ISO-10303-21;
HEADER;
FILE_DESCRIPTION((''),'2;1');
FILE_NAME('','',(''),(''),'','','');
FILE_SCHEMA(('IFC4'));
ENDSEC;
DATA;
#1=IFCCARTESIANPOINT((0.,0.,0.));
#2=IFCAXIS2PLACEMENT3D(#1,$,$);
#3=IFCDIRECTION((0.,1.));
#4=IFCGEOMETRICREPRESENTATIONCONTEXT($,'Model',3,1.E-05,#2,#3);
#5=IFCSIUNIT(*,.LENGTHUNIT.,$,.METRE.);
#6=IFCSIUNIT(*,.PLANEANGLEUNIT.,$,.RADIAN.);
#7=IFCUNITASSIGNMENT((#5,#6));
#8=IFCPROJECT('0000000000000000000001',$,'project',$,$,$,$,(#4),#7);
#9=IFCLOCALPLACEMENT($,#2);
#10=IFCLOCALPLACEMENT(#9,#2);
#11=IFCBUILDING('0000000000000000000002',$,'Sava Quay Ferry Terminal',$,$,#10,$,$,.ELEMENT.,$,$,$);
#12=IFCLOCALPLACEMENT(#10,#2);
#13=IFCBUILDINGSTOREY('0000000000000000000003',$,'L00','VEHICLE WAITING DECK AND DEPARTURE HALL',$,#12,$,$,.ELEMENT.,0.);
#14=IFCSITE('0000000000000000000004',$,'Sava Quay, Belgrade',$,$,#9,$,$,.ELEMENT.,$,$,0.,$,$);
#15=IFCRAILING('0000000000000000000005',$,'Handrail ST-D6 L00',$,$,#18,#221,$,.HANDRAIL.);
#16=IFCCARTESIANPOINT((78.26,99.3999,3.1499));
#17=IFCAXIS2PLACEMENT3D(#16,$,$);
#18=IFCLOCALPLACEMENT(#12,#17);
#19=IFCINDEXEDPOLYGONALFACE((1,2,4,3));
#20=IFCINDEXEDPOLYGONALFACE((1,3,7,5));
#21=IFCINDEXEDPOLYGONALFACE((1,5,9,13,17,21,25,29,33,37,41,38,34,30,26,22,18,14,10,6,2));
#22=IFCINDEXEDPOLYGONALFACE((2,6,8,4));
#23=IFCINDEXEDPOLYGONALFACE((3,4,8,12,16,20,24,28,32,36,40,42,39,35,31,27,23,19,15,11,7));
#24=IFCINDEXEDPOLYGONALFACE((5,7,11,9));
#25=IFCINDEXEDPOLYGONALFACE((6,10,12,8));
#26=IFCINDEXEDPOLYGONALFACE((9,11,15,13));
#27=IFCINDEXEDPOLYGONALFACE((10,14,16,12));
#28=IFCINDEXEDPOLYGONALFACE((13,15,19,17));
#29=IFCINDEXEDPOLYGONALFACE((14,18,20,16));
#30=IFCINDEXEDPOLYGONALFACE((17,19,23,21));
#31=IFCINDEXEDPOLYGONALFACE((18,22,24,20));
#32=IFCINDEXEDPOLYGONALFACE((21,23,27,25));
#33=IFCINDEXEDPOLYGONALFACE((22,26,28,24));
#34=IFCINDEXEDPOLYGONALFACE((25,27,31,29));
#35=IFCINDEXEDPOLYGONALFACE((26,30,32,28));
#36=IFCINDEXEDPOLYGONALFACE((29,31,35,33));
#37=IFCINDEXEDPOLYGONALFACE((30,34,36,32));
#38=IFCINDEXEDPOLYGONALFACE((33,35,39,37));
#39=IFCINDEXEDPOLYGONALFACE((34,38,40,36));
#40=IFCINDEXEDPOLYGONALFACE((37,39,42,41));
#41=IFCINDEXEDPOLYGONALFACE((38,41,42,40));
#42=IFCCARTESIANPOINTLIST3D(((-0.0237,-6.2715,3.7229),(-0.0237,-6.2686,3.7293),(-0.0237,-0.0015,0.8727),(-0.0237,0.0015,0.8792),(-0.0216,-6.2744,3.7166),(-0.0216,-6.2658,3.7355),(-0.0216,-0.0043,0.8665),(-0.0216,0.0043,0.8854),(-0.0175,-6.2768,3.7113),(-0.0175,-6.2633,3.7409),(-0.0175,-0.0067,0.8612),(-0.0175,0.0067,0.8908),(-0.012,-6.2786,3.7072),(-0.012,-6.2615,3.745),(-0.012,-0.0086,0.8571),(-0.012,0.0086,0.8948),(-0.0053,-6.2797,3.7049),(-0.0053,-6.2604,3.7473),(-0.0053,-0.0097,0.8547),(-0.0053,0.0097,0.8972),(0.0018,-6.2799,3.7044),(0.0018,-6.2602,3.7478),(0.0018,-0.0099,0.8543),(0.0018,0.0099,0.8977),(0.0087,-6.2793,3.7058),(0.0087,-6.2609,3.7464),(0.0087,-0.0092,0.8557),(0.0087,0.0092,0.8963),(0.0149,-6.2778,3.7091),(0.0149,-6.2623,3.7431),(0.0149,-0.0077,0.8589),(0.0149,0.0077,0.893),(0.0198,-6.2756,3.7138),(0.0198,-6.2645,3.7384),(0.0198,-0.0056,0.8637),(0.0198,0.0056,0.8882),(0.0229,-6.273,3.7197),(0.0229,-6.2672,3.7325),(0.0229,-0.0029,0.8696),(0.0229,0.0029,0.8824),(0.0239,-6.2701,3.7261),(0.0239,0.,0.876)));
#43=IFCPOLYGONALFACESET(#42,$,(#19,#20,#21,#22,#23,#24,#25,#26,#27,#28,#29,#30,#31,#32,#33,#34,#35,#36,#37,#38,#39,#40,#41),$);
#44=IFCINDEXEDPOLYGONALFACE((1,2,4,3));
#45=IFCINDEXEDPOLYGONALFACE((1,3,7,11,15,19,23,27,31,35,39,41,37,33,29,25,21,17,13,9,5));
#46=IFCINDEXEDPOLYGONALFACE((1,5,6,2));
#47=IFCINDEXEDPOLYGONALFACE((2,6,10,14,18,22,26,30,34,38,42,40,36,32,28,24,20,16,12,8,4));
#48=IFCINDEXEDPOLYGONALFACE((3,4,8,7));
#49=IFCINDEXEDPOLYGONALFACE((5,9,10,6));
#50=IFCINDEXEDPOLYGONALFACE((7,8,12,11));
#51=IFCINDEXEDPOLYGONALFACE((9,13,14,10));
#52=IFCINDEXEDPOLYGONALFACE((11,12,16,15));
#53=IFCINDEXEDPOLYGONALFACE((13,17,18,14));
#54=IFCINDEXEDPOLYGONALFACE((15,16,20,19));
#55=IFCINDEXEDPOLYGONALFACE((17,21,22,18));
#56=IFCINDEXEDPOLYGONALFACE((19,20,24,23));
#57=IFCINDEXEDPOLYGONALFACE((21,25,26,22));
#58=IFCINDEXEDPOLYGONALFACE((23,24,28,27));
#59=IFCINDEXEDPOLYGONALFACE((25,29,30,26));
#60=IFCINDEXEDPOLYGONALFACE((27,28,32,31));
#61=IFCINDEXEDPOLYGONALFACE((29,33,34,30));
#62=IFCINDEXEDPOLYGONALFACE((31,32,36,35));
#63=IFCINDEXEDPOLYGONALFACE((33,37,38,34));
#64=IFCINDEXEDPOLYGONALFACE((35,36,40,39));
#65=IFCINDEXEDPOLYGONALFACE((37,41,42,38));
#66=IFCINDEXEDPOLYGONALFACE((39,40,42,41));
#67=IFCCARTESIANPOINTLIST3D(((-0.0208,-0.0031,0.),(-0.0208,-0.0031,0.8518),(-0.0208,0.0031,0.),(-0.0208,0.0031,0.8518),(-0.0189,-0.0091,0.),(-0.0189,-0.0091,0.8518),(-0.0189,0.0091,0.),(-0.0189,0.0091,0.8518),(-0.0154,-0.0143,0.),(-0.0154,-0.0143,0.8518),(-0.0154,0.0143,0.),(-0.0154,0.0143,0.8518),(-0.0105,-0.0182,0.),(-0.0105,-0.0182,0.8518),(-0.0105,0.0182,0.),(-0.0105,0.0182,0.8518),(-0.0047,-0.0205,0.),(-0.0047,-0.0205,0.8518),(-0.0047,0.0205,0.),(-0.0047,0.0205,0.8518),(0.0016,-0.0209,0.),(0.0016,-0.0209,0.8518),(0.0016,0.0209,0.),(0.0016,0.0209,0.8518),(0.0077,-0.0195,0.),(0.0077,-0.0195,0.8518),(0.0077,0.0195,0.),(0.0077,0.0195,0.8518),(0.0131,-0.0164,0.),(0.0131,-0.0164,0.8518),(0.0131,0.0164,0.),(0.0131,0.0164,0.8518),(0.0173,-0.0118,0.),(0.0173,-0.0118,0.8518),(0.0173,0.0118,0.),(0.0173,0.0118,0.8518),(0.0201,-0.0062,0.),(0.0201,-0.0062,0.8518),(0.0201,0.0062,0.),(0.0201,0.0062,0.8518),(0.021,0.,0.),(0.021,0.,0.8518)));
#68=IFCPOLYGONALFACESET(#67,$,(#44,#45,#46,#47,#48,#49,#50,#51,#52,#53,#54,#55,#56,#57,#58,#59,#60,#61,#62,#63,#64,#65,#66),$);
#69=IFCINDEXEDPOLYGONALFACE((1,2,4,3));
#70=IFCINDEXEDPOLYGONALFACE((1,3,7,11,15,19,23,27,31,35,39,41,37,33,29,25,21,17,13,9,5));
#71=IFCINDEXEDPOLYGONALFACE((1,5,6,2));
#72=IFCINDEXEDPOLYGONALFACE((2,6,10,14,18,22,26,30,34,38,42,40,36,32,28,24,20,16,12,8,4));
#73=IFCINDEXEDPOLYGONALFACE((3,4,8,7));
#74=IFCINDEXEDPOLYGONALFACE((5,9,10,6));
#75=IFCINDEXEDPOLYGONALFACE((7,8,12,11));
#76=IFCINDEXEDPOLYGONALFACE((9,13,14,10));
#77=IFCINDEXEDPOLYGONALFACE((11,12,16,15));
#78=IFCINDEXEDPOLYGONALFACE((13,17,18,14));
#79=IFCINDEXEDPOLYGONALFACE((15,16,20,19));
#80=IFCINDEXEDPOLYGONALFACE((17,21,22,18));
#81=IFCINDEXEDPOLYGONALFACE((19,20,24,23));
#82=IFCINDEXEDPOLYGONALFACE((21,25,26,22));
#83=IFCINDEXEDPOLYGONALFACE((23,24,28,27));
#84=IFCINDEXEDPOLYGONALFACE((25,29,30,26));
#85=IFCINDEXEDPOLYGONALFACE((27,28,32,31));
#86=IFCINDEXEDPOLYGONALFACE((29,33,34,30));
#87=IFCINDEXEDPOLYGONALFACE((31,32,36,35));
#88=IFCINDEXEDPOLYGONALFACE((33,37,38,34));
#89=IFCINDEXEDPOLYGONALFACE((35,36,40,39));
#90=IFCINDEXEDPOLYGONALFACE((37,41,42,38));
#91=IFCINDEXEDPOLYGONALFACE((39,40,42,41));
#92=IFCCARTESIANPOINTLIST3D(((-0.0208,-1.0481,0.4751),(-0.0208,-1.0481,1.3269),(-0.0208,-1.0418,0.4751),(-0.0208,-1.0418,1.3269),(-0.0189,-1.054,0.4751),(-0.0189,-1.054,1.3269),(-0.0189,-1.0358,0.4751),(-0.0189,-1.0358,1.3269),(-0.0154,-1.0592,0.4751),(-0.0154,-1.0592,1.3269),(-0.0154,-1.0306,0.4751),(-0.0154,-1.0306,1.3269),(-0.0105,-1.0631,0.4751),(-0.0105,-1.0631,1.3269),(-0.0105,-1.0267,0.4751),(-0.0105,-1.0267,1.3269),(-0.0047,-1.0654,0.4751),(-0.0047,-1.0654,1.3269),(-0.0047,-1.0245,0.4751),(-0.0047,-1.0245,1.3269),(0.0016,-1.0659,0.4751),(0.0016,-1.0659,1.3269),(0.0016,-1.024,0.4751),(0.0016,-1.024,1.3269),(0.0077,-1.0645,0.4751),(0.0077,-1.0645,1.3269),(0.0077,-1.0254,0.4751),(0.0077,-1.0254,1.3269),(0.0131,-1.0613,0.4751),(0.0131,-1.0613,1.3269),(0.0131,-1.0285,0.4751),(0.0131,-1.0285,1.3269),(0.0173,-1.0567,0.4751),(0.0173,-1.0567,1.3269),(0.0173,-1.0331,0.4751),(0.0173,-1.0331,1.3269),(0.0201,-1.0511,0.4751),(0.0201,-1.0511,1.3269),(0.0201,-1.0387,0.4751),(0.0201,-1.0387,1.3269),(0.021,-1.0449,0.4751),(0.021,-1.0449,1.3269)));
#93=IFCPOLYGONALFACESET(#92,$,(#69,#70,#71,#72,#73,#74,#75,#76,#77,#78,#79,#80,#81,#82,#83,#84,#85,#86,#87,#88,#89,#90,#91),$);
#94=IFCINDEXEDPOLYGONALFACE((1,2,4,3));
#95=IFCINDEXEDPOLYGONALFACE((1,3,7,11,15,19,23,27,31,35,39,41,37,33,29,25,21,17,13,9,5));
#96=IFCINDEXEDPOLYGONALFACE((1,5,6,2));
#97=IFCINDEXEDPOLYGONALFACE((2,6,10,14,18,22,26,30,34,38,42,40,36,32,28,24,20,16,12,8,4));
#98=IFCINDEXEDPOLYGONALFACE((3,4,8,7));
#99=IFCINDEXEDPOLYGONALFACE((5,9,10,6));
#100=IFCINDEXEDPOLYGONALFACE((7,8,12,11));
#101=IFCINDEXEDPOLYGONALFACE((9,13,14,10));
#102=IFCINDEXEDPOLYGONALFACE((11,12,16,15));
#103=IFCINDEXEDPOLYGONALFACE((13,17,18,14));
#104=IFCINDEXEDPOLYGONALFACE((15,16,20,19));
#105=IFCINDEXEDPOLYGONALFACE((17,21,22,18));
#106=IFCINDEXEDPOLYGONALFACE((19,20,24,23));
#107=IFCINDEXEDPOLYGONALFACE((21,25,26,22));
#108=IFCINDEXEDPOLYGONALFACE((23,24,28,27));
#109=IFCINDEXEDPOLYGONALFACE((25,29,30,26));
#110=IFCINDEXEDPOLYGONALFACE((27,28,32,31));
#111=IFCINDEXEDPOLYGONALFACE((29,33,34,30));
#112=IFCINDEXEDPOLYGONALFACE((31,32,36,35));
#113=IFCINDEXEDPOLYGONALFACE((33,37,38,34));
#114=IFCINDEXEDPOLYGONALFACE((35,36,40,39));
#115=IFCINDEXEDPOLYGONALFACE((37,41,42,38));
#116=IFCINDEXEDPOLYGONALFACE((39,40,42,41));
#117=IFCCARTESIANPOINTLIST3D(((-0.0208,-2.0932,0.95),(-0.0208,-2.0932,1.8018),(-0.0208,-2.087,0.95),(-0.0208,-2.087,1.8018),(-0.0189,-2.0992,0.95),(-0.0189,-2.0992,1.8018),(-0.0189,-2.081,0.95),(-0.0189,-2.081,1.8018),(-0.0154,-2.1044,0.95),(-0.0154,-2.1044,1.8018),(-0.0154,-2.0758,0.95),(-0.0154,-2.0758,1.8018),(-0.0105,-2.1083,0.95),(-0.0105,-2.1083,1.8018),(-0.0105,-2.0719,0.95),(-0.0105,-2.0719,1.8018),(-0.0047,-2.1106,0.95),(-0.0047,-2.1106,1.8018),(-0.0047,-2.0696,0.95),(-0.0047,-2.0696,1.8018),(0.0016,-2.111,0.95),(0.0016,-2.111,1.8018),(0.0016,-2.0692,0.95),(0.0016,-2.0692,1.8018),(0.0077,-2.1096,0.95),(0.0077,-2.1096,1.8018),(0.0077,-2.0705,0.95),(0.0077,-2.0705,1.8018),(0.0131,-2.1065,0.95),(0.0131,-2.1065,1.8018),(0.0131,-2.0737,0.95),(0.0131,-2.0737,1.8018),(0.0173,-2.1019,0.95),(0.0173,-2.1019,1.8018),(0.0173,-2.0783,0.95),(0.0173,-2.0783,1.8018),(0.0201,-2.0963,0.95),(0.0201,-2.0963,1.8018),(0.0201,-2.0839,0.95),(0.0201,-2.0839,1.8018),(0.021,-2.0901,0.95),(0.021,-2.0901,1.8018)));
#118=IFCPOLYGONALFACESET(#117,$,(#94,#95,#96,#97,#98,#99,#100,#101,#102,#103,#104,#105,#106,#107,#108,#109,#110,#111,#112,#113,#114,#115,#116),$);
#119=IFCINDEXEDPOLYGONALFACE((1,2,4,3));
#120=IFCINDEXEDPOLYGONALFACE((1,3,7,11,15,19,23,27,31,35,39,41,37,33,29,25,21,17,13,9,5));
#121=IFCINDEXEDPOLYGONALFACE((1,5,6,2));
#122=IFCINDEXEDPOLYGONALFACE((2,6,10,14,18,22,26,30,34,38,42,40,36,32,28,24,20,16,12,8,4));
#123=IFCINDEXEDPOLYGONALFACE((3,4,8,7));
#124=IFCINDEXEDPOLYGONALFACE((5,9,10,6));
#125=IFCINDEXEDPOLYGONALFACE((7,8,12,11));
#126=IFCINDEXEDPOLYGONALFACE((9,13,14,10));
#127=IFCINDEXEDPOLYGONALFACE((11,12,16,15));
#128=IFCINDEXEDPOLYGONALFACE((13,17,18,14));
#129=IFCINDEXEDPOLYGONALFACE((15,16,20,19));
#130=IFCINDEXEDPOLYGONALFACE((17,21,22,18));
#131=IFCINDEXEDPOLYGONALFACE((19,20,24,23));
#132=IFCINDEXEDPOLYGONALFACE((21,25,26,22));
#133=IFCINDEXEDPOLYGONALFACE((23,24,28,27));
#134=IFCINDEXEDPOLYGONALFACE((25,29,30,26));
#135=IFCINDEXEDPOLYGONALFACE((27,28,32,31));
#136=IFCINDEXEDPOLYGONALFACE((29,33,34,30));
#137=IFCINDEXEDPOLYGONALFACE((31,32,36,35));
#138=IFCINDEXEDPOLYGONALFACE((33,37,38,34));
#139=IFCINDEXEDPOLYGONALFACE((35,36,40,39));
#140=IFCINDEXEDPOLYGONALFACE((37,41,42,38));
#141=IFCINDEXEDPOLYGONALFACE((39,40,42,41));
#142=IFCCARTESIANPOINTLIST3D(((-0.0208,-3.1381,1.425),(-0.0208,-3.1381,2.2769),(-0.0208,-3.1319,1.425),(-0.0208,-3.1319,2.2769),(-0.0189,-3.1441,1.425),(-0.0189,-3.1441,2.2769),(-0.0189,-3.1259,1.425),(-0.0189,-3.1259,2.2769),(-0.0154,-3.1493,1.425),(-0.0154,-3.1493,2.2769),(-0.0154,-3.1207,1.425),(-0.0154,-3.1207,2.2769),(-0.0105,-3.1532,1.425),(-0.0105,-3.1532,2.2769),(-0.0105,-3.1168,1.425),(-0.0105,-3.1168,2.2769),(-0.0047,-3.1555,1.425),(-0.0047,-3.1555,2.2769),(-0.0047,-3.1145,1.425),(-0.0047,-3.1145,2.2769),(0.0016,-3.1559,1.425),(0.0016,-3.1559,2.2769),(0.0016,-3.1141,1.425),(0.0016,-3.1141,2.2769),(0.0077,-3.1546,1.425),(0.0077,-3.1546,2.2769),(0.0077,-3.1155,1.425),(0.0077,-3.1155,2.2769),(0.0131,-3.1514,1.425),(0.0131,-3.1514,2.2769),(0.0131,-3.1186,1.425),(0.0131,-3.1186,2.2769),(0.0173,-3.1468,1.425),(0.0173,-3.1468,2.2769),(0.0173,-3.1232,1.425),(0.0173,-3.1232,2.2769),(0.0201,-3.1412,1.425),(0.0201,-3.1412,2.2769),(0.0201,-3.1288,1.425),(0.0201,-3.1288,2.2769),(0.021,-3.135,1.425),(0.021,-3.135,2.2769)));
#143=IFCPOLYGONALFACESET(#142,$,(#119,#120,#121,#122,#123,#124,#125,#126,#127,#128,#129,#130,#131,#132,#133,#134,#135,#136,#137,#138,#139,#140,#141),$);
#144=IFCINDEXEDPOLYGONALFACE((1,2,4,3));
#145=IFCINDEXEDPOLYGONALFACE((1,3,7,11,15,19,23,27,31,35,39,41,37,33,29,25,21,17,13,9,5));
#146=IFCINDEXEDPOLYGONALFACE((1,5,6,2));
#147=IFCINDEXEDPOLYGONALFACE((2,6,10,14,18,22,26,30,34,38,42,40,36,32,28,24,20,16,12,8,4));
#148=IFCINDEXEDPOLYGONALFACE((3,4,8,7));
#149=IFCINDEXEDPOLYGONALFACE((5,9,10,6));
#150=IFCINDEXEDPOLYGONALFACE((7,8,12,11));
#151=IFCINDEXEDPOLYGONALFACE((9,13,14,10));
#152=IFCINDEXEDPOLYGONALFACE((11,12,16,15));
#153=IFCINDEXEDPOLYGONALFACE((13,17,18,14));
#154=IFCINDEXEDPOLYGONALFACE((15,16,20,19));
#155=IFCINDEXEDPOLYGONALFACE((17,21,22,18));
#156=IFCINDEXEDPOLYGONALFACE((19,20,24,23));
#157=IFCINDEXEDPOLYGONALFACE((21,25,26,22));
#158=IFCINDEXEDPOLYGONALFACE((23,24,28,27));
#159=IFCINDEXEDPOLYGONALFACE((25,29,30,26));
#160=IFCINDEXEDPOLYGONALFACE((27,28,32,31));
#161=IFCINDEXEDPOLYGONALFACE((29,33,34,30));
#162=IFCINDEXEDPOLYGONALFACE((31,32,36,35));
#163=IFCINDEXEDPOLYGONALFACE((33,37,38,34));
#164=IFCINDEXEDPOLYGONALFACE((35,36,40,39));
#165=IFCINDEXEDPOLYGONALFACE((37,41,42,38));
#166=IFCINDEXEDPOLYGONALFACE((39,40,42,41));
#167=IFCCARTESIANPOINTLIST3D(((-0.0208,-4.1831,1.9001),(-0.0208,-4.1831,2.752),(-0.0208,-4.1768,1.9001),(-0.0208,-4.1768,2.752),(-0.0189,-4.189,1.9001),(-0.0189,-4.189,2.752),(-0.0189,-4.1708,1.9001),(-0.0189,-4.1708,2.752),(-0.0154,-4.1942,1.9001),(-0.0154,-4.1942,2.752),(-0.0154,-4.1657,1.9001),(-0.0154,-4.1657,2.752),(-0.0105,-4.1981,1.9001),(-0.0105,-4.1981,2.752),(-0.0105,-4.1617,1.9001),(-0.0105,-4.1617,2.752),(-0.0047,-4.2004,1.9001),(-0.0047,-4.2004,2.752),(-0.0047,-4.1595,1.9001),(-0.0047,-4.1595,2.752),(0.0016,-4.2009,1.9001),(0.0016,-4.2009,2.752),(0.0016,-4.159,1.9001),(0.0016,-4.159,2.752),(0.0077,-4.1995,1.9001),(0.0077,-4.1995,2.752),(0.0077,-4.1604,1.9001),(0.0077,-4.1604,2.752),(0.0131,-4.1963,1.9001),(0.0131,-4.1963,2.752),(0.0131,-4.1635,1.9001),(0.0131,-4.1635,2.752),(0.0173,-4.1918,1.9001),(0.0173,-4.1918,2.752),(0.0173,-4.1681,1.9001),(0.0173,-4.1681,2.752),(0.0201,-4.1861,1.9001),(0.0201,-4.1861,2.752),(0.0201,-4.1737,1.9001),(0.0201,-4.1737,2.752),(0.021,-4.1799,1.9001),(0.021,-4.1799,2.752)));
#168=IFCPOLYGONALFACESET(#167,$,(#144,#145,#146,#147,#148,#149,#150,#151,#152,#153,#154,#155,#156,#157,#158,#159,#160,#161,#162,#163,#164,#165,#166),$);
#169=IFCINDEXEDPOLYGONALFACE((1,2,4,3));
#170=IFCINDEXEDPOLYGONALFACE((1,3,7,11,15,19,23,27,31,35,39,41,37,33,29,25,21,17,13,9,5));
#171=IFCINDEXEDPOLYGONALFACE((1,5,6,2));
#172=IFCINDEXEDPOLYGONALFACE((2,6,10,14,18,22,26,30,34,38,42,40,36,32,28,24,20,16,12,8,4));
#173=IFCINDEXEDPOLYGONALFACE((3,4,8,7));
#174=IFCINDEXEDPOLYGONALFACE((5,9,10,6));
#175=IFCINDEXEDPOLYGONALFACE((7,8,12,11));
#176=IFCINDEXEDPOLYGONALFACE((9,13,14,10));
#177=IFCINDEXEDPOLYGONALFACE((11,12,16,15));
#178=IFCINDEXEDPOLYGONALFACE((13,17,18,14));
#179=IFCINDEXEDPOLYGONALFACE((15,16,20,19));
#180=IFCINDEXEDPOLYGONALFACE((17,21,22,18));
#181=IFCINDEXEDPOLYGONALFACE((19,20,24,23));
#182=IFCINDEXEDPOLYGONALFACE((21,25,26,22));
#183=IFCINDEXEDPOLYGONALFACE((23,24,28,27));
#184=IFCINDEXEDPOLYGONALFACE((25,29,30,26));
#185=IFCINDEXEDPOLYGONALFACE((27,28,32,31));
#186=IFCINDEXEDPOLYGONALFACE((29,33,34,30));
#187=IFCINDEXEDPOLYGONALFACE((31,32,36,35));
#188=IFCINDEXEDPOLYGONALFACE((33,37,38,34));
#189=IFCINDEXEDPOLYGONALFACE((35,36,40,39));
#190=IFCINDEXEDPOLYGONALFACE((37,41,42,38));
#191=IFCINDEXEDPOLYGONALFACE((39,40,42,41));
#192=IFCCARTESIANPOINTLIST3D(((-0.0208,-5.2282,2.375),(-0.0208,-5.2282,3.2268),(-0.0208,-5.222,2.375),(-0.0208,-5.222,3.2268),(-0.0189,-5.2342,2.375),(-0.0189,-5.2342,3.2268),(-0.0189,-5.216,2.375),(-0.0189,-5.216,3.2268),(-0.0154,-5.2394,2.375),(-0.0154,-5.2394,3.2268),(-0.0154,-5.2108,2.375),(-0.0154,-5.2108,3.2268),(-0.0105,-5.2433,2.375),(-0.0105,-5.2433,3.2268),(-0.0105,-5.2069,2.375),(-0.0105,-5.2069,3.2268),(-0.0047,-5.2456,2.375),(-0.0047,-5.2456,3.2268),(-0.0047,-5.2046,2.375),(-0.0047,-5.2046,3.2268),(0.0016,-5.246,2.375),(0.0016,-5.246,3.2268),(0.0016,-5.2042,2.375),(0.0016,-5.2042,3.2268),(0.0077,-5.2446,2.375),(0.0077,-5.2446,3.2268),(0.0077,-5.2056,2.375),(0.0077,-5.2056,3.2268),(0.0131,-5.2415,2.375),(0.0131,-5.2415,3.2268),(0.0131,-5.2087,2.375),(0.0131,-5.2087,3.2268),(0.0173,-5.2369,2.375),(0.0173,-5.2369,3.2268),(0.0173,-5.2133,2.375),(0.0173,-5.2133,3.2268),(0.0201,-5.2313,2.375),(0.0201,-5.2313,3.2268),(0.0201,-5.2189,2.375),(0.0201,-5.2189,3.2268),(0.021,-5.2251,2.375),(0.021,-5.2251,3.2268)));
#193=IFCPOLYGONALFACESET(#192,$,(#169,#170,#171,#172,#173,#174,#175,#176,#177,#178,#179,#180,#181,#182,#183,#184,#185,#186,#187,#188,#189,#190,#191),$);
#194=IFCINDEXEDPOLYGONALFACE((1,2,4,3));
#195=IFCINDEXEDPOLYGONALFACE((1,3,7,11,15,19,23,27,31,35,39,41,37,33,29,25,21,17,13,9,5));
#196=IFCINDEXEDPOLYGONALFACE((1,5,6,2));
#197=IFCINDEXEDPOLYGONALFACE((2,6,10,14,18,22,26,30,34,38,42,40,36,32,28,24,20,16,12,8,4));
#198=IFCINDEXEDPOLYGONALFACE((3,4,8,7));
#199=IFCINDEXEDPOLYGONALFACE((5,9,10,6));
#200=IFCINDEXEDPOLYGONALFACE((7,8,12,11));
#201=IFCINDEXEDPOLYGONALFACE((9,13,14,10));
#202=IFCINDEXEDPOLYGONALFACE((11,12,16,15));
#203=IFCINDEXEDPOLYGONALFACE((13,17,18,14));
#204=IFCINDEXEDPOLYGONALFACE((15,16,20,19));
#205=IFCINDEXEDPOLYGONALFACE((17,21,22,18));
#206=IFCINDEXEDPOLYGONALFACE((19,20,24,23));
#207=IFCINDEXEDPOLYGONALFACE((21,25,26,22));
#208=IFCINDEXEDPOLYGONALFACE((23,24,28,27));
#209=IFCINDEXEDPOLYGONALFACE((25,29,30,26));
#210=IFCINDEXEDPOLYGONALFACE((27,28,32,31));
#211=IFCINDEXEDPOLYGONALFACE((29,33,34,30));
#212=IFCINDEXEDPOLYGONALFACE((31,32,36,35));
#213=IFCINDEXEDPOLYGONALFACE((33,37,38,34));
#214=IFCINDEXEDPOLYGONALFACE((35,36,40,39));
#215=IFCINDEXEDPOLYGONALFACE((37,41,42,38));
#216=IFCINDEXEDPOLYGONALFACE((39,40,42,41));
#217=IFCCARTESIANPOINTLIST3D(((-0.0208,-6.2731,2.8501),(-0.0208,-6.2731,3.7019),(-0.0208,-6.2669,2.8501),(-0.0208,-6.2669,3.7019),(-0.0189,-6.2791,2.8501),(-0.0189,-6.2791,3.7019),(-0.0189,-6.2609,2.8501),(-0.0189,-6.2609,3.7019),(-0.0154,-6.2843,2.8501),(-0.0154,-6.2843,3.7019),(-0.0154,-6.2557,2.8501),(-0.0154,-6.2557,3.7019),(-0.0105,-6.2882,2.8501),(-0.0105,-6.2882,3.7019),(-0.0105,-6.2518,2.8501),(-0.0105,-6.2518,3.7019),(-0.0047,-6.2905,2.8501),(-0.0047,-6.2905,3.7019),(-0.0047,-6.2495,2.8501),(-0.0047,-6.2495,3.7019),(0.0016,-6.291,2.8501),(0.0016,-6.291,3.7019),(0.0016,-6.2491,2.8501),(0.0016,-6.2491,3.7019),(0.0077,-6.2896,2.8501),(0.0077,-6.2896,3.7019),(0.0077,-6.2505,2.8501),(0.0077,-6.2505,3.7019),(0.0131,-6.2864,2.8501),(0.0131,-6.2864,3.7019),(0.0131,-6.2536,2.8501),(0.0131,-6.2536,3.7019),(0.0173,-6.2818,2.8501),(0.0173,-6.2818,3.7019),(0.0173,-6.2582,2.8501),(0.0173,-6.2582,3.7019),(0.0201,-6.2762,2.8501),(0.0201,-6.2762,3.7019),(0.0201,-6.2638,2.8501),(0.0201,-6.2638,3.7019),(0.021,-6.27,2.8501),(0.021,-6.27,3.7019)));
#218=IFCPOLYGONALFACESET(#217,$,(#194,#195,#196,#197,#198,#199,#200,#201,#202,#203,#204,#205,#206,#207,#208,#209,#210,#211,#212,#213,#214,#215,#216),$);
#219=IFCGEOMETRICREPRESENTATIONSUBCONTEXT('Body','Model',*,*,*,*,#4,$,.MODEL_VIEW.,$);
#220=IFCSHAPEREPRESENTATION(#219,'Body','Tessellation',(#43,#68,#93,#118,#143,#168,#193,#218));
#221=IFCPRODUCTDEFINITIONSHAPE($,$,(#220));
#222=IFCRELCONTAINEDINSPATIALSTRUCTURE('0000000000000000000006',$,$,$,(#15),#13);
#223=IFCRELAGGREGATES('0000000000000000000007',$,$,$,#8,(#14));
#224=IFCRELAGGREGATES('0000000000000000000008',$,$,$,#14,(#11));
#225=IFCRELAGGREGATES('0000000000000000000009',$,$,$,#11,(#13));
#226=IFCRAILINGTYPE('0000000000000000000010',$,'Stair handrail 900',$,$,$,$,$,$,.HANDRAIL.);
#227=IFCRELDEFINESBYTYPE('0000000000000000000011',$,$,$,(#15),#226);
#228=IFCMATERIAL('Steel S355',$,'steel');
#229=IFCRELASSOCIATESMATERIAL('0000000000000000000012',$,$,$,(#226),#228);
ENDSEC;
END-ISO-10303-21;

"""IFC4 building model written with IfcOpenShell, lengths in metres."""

from ifc_helpers import new_model, si_unit, direction, frame, origin, origin_2d, place, context, subcontext, project, spatial, circle, extrude, material, type_object, element, save


model = new_model("IFC4")

# Units and contexts
model_context = context("Model", 3, precision=1e-05, world=origin(), true_north=direction((0.0, 1.0)))
body_context = subcontext(model_context, "Body", "Model", "MODEL_VIEW")
ifc_project = project(units=[si_unit("LENGTHUNIT", "METRE"), si_unit("PLANEANGLEUNIT", "RADIAN")], contexts=[model_context])

# Site, building, storey
site_placement = place(None, origin())
site = spatial("IfcSite", under=ifc_project, at=site_placement, Name="Sava Quay, Belgrade", CompositionType="ELEMENT", RefElevation=0.0)
building_placement = place(site_placement, origin())
building = spatial("IfcBuilding", under=site, at=building_placement, Name="Sava Quay Ferry Terminal", CompositionType="ELEMENT")
storey_placement = place(building_placement, origin())
storey = spatial("IfcBuildingStorey", under=building, at=storey_placement, Name="L00", Description="VEHICLE WAITING DECK AND DEPARTURE HALL", CompositionType="ELEMENT", Elevation=0.0)

# Railing
ifc_material_1 = material(Name="Steel S355", Category="steel")
railing_type_1 = type_object("IfcRailingType", Name="Stair handrail 900", PredefinedType="HANDRAIL", material=ifc_material_1)
railing_1_placement = place(storey_placement, frame((78.26, 99.3999, 3.1499)))
element("IfcRailing", 1, at=railing_1_placement, inside=storey, type_object=railing_type_1, Name="Handrail ST-D6 L00", PredefinedType="HANDRAIL", context=body_context, shape_type="SweptSolid", body=[
    extrude(circle(Radius=0.0239, at=origin_2d()), frame((0.0, 0.0, 0.876), z_axis=(0.0, -0.910362, 0.413814), x_axis=(1.0, 0.0, 0.0)), (0.0, 0.0, 1.0), 6.8875),
    extrude(circle(Radius=0.021, at=origin_2d()), origin(), (0.0, 0.0, 1.0), 0.8518),
    extrude(circle(Radius=0.021, at=origin_2d()), frame((0.0, -1.0449, 0.4751)), (0.0, 0.0, 1.0), 0.8518),
    extrude(circle(Radius=0.021, at=origin_2d()), frame((0.0, -2.0901, 0.95)), (0.0, 0.0, 1.0), 0.8518),
    extrude(circle(Radius=0.021, at=origin_2d()), frame((0.0, -3.135, 1.425)), (0.0, 0.0, 1.0), 0.8518),
    extrude(circle(Radius=0.021, at=origin_2d()), frame((0.0, -4.1799, 1.9001)), (0.0, 0.0, 1.0), 0.8518),
    extrude(circle(Radius=0.021, at=origin_2d()), frame((0.0, -5.2251, 2.375)), (0.0, 0.0, 1.0), 0.8518),
    extrude(circle(Radius=0.021, at=origin_2d()), frame((0.0, -6.27, 2.8501)), (0.0, 0.0, 1.0), 0.8518),
])

save(model, "model.ifc")
